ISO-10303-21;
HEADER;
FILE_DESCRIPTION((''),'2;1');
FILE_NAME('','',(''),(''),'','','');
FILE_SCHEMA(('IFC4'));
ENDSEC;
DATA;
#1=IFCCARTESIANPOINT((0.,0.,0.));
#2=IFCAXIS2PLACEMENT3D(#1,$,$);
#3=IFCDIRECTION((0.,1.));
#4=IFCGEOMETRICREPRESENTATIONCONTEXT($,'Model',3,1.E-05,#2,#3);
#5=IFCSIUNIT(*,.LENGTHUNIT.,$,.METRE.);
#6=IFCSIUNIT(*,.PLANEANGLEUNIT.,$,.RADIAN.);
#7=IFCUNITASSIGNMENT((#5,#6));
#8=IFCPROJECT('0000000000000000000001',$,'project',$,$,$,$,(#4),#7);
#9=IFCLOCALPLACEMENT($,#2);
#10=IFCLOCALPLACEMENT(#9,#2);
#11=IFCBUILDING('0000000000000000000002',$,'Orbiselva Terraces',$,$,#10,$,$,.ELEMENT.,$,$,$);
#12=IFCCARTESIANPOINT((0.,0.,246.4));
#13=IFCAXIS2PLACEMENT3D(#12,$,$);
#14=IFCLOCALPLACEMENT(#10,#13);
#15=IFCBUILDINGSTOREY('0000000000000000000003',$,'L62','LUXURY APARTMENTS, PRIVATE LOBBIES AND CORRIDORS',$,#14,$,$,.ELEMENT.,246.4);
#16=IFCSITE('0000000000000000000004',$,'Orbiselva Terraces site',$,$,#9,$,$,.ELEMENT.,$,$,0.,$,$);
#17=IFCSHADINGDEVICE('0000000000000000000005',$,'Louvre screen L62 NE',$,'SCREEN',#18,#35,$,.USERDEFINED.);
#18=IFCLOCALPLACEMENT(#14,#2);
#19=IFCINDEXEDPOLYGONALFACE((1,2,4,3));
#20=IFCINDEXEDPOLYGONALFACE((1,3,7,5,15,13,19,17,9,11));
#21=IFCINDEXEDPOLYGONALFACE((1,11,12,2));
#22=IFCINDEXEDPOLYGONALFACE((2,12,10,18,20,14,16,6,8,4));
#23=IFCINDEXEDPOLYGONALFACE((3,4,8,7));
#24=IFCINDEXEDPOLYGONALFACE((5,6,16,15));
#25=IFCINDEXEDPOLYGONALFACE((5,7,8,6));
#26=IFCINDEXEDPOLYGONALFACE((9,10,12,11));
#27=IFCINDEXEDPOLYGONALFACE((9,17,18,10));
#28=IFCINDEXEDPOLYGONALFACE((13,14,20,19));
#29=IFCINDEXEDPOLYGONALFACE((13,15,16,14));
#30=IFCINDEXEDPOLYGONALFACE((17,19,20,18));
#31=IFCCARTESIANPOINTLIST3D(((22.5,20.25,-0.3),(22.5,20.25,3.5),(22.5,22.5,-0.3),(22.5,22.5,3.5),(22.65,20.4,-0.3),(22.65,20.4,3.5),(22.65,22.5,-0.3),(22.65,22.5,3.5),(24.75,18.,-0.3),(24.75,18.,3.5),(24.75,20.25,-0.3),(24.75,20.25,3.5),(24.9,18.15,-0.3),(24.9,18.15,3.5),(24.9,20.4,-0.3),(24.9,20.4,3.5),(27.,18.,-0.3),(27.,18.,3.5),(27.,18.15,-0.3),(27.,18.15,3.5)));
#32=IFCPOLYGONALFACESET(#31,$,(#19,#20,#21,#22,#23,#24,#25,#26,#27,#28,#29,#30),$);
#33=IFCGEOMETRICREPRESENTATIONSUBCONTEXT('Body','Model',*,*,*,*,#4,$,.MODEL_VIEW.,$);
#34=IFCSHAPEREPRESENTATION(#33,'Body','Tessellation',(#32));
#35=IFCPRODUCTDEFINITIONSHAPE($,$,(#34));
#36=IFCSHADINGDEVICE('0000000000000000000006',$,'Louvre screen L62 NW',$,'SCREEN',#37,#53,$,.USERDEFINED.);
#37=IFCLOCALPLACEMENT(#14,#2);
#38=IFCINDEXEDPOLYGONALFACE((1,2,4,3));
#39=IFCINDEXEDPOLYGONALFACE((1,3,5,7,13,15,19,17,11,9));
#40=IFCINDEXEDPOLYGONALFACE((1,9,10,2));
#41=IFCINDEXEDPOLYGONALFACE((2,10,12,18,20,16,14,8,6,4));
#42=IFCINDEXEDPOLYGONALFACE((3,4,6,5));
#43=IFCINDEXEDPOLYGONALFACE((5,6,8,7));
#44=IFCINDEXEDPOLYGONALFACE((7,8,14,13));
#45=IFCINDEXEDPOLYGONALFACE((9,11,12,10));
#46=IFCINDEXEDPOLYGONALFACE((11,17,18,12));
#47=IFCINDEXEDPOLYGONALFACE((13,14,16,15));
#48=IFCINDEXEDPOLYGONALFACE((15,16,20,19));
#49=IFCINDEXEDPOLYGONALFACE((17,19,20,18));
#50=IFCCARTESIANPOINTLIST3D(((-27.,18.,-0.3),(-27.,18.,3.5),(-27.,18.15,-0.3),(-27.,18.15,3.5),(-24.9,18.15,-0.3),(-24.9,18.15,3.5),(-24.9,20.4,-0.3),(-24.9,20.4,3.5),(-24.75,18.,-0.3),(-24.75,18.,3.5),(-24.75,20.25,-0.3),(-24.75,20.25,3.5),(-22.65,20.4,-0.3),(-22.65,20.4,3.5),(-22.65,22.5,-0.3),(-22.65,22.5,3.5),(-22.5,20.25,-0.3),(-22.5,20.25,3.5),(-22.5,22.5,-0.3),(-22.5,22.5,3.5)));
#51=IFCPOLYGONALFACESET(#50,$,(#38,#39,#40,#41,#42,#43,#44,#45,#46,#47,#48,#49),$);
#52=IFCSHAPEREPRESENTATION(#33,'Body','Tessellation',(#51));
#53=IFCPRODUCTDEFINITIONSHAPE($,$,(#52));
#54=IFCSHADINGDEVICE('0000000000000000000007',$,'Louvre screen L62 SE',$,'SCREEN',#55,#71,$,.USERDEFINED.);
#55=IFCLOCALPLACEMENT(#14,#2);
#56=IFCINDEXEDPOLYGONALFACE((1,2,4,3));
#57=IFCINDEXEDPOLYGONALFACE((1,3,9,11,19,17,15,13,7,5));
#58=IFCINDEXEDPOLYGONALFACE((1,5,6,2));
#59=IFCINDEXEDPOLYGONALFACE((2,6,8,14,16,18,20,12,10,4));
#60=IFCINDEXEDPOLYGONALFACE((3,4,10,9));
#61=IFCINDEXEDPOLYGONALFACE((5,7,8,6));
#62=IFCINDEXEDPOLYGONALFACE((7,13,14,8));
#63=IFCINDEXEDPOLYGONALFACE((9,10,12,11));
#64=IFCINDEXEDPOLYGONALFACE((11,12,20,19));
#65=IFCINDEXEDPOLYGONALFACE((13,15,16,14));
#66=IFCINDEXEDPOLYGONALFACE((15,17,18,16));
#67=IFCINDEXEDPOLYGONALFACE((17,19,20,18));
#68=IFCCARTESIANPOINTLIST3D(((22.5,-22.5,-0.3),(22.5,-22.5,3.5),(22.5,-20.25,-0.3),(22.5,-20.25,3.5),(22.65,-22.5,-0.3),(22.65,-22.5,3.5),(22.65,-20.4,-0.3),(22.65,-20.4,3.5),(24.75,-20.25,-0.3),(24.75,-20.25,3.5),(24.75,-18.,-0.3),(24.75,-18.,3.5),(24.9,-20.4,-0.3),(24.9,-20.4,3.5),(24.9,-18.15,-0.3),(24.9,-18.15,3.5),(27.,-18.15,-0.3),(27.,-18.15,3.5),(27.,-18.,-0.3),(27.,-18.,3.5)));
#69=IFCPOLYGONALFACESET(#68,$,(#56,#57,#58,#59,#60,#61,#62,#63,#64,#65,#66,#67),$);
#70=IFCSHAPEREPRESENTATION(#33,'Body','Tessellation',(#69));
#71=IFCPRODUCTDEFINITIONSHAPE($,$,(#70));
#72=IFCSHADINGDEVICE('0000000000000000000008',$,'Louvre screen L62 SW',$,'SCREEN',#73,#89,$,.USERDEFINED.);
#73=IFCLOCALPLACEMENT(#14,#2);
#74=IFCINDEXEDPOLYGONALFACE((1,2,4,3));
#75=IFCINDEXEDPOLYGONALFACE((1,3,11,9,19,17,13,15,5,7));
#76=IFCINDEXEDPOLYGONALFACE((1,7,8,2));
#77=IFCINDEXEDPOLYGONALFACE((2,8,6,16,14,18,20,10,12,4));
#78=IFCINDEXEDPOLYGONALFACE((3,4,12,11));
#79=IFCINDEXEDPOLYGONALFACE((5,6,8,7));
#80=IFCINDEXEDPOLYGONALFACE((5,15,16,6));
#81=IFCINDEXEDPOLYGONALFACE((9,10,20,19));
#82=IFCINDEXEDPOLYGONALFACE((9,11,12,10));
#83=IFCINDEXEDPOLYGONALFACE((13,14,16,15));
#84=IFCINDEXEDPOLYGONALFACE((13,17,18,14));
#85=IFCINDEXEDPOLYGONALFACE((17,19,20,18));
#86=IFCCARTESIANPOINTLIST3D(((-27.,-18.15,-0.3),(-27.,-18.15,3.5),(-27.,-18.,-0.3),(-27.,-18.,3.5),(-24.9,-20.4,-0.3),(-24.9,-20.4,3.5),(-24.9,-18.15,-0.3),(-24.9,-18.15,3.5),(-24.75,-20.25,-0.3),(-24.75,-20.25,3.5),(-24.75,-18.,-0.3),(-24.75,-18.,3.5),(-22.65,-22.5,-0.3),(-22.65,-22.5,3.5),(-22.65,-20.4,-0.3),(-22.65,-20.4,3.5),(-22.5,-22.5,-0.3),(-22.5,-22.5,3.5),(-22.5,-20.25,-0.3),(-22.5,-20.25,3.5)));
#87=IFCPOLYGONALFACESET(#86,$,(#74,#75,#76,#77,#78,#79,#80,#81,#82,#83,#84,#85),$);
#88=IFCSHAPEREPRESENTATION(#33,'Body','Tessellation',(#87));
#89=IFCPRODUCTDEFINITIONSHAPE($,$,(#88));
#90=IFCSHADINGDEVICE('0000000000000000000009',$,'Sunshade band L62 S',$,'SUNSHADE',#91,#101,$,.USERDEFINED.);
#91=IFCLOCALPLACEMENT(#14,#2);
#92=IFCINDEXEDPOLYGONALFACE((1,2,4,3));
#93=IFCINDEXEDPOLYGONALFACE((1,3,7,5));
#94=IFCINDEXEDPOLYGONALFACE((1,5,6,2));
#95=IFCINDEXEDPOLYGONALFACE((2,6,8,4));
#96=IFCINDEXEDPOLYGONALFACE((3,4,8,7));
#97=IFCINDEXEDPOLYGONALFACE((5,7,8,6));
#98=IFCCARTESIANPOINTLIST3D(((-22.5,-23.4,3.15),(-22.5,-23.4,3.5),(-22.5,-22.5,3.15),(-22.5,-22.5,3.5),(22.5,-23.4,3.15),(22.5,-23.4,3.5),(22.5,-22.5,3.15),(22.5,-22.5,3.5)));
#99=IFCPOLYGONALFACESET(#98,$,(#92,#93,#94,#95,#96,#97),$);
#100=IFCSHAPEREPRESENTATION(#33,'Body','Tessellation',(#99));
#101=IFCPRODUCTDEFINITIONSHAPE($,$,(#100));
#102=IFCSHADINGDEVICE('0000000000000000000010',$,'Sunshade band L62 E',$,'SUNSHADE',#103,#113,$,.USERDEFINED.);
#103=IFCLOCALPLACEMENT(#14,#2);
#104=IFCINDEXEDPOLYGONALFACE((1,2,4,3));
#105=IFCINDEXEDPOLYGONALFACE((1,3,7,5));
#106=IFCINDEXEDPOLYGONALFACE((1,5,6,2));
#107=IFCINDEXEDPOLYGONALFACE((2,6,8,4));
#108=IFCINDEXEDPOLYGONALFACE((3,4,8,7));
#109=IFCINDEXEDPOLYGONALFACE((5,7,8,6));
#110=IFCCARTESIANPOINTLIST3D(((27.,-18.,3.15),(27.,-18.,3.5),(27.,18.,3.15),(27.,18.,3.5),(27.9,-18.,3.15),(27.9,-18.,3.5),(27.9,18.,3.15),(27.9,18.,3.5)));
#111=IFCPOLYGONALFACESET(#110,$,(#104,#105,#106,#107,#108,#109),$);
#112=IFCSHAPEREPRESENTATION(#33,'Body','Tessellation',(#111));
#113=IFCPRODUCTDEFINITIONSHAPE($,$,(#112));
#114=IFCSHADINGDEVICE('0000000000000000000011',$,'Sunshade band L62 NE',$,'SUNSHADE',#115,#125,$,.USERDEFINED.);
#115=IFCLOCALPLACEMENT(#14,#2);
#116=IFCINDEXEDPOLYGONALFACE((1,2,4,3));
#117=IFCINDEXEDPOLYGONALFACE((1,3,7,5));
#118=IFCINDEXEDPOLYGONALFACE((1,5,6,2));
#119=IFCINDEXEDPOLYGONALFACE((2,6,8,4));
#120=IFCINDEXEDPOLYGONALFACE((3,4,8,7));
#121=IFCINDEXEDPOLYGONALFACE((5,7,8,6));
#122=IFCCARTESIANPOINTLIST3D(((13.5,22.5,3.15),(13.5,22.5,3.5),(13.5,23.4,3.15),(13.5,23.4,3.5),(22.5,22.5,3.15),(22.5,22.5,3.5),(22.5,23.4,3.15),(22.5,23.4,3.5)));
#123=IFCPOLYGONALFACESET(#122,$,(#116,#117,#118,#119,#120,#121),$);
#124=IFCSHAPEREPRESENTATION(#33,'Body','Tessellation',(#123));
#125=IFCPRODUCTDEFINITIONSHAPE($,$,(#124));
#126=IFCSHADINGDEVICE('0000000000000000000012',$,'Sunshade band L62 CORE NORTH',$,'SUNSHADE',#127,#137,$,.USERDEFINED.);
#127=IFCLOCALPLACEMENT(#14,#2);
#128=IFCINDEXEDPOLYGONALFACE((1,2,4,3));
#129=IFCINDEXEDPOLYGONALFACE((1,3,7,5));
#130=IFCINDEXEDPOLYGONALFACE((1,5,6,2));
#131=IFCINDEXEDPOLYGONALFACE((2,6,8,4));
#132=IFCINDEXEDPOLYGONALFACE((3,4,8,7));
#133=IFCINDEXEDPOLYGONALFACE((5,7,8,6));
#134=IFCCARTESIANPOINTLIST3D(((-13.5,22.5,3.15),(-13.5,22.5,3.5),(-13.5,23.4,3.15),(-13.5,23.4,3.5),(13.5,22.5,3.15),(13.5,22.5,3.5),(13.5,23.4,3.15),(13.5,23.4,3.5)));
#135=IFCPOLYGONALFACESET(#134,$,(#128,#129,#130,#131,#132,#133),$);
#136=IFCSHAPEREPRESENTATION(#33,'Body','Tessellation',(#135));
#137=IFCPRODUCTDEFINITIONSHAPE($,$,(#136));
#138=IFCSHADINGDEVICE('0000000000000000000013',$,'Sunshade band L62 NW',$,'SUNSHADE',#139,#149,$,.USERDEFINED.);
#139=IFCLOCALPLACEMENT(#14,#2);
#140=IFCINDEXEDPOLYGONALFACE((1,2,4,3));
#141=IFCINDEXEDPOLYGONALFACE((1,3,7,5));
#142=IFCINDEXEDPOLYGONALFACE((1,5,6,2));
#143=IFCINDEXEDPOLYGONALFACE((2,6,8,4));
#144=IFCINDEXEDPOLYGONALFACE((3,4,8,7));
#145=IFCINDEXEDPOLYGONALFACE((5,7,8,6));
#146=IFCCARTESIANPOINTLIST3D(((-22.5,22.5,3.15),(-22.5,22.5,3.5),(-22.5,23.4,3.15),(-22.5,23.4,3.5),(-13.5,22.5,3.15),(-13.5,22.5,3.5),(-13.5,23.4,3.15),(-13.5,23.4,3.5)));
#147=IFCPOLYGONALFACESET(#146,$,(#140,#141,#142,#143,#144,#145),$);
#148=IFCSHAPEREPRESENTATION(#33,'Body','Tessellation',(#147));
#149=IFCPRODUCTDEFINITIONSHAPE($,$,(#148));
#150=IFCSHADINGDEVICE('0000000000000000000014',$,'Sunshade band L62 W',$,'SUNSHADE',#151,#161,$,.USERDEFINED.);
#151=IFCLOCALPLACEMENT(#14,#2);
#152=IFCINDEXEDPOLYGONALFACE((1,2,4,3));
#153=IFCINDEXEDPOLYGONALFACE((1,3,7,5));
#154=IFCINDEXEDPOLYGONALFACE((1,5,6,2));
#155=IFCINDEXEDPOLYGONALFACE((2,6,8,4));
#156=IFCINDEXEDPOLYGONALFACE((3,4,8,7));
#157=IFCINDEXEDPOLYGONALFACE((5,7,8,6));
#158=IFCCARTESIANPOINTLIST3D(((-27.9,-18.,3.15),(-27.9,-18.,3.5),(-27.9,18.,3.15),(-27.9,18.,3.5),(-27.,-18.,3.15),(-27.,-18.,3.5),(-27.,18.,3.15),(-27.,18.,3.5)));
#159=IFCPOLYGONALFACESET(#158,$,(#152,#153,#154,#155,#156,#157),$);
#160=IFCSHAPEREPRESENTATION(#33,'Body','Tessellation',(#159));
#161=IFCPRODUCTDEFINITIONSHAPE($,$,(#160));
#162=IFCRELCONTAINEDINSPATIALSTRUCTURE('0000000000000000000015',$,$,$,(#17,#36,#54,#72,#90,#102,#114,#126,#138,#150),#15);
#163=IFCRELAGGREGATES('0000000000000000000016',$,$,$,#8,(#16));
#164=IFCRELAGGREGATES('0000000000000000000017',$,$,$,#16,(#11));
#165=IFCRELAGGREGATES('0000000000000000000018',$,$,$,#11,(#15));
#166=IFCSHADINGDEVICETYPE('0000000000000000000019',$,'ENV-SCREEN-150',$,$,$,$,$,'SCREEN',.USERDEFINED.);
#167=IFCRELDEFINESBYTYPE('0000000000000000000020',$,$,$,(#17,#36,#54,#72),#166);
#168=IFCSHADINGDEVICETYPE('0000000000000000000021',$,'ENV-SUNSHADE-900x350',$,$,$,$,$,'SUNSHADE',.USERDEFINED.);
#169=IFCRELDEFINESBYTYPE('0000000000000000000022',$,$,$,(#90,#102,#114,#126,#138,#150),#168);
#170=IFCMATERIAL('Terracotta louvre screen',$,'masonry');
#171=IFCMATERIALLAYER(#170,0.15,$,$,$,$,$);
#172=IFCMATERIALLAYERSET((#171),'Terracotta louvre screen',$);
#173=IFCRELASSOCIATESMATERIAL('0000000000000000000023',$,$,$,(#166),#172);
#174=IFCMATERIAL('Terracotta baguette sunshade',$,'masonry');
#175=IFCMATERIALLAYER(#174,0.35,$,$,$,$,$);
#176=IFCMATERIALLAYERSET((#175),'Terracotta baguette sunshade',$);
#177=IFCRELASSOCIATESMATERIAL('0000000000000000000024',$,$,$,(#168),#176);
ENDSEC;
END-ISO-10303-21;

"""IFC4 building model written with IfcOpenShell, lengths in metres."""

from ifc_helpers import new_model, si_unit, direction, frame, origin, place, context, subcontext, project, spatial, polyline, outline, extrude, material, layer, layer_set, type_object, element, save


model = new_model("IFC4")

# Units and contexts
model_context = context("Model", 3, precision=1e-05, world=origin(), true_north=direction((0.0, 1.0)))
body_context = subcontext(model_context, "Body", "Model", "MODEL_VIEW")
ifc_project = project(units=[si_unit("LENGTHUNIT", "METRE"), si_unit("PLANEANGLEUNIT", "RADIAN")], contexts=[model_context])

# Site, building, storey
site_placement = place(None, origin())
site = spatial("IfcSite", under=ifc_project, at=site_placement, Name="Orbiselva Terraces site", CompositionType="ELEMENT", RefElevation=0.0)
building_placement = place(site_placement, origin())
building = spatial("IfcBuilding", under=site, at=building_placement, Name="Orbiselva Terraces", CompositionType="ELEMENT")
storey_placement = place(building_placement, frame((0.0, 0.0, 246.4)))
storey = spatial("IfcBuildingStorey", under=building, at=storey_placement, Name="L62", Description="LUXURY APARTMENTS, PRIVATE LOBBIES AND CORRIDORS", CompositionType="ELEMENT", Elevation=246.4)

# Shading devices
ifc_material_1 = material(Name="Terracotta louvre screen", Category="masonry")
ifc_layer_1 = layer(ifc_material_1, 0.15)
ifc_layer_set_1 = layer_set([ifc_layer_1], Name="Terracotta louvre screen")
shading_device_type_1 = type_object("IfcShadingDeviceType", Name="ENV-SCREEN-150", ElementType="SCREEN", PredefinedType="USERDEFINED", material=ifc_layer_set_1)
shading_device_1_placement = place(storey_placement, frame((0.0, 0.0, -0.3)))
element("IfcShadingDevice", 1, at=shading_device_1_placement, inside=storey, type_object=shading_device_type_1, Name="Louvre screen L62 NE", ObjectType="SCREEN", PredefinedType="USERDEFINED", context=body_context, shape_type="SweptSolid", body=[
    extrude(outline(polyline([(27.0, 18.15), (24.9, 18.15), (24.9, 20.4), (22.65, 20.4), (22.65, 22.5), (22.5, 22.5), (22.5, 20.25), (24.75, 20.25), (24.75, 18.0), (27.0, 18.0), (27.0, 18.15)])), origin(), (0.0, 0.0, 1.0), 3.8),
])
shading_device_2_placement = place(storey_placement, frame((0.0, 0.0, -0.3)))
element("IfcShadingDevice", 2, at=shading_device_2_placement, inside=storey, type_object=shading_device_type_1, Name="Louvre screen L62 NW", ObjectType="SCREEN", PredefinedType="USERDEFINED", context=body_context, shape_type="SweptSolid", body=[
    extrude(outline(polyline([(-22.65, 22.5), (-22.65, 20.4), (-24.9, 20.4), (-24.9, 18.15), (-27.0, 18.15), (-27.0, 18.0), (-24.75, 18.0), (-24.75, 20.25), (-22.5, 20.25), (-22.5, 22.5), (-22.65, 22.5)])), origin(), (0.0, 0.0, 1.0), 3.8),
])
shading_device_3_placement = place(storey_placement, frame((0.0, 0.0, -0.3)))
element("IfcShadingDevice", 3, at=shading_device_3_placement, inside=storey, type_object=shading_device_type_1, Name="Louvre screen L62 SE", ObjectType="SCREEN", PredefinedType="USERDEFINED", context=body_context, shape_type="SweptSolid", body=[
    extrude(outline(polyline([(22.65, -22.5), (22.65, -20.4), (24.9, -20.4), (24.9, -18.15), (27.0, -18.15), (27.0, -18.0), (24.75, -18.0), (24.75, -20.25), (22.5, -20.25), (22.5, -22.5), (22.65, -22.5)])), origin(), (0.0, 0.0, 1.0), 3.8),
])
shading_device_4_placement = place(storey_placement, frame((0.0, 0.0, -0.3)))
element("IfcShadingDevice", 4, at=shading_device_4_placement, inside=storey, type_object=shading_device_type_1, Name="Louvre screen L62 SW", ObjectType="SCREEN", PredefinedType="USERDEFINED", context=body_context, shape_type="SweptSolid", body=[
    extrude(outline(polyline([(-27.0, -18.15), (-24.9, -18.15), (-24.9, -20.4), (-22.65, -20.4), (-22.65, -22.5), (-22.5, -22.5), (-22.5, -20.25), (-24.75, -20.25), (-24.75, -18.0), (-27.0, -18.0), (-27.0, -18.15)])), origin(), (0.0, 0.0, 1.0), 3.8),
])
ifc_material_2 = material(Name="Terracotta baguette sunshade", Category="masonry")
ifc_layer_2 = layer(ifc_material_2, 0.35)
ifc_layer_set_2 = layer_set([ifc_layer_2], Name="Terracotta baguette sunshade")
shading_device_type_2 = type_object("IfcShadingDeviceType", Name="ENV-SUNSHADE-900x350", ElementType="SUNSHADE", PredefinedType="USERDEFINED", material=ifc_layer_set_2)
shading_device_5_placement = place(storey_placement, frame((0.0, 0.0, 3.15)))
element("IfcShadingDevice", 5, at=shading_device_5_placement, inside=storey, type_object=shading_device_type_2, Name="Sunshade band L62 S", ObjectType="SUNSHADE", PredefinedType="USERDEFINED", context=body_context, shape_type="SweptSolid", body=[
    extrude(outline(polyline([(-22.5, -23.4), (22.5, -23.4), (22.5, -22.5), (-22.5, -22.5), (-22.5, -23.4)])), origin(), (0.0, 0.0, 1.0), 0.35),
])
shading_device_6_placement = place(storey_placement, frame((0.0, 0.0, 3.15)))
element("IfcShadingDevice", 6, at=shading_device_6_placement, inside=storey, type_object=shading_device_type_2, Name="Sunshade band L62 E", ObjectType="SUNSHADE", PredefinedType="USERDEFINED", context=body_context, shape_type="SweptSolid", body=[
    extrude(outline(polyline([(27.9, -18.0), (27.9, 18.0), (27.0, 18.0), (27.0, -18.0), (27.9, -18.0)])), origin(), (0.0, 0.0, 1.0), 0.35),
])
shading_device_7_placement = place(storey_placement, frame((0.0, 0.0, 3.15)))
element("IfcShadingDevice", 7, at=shading_device_7_placement, inside=storey, type_object=shading_device_type_2, Name="Sunshade band L62 NE", ObjectType="SUNSHADE", PredefinedType="USERDEFINED", context=body_context, shape_type="SweptSolid", body=[
    extrude(outline(polyline([(22.5, 23.4), (13.5, 23.4), (13.5, 22.5), (22.5, 22.5), (22.5, 23.4)])), origin(), (0.0, 0.0, 1.0), 0.35),
])
shading_device_8_placement = place(storey_placement, frame((0.0, 0.0, 3.15)))
element("IfcShadingDevice", 8, at=shading_device_8_placement, inside=storey, type_object=shading_device_type_2, Name="Sunshade band L62 CORE NORTH", ObjectType="SUNSHADE", PredefinedType="USERDEFINED", context=body_context, shape_type="SweptSolid", body=[
    extrude(outline(polyline([(13.5, 23.4), (-13.5, 23.4), (-13.5, 22.5), (13.5, 22.5), (13.5, 23.4)])), origin(), (0.0, 0.0, 1.0), 0.35),
])
shading_device_9_placement = place(storey_placement, frame((0.0, 0.0, 3.15)))
element("IfcShadingDevice", 9, at=shading_device_9_placement, inside=storey, type_object=shading_device_type_2, Name="Sunshade band L62 NW", ObjectType="SUNSHADE", PredefinedType="USERDEFINED", context=body_context, shape_type="SweptSolid", body=[
    extrude(outline(polyline([(-13.5, 23.4), (-22.5, 23.4), (-22.5, 22.5), (-13.5, 22.5), (-13.5, 23.4)])), origin(), (0.0, 0.0, 1.0), 0.35),
])
shading_device_10_placement = place(storey_placement, frame((0.0, 0.0, 3.15)))
element("IfcShadingDevice", 10, at=shading_device_10_placement, inside=storey, type_object=shading_device_type_2, Name="Sunshade band L62 W", ObjectType="SUNSHADE", PredefinedType="USERDEFINED", context=body_context, shape_type="SweptSolid", body=[
    extrude(outline(polyline([(-27.9, 18.0), (-27.9, -18.0), (-27.0, -18.0), (-27.0, 18.0), (-27.9, 18.0)])), origin(), (0.0, 0.0, 1.0), 0.35),
])

save(model, "model.ifc")
